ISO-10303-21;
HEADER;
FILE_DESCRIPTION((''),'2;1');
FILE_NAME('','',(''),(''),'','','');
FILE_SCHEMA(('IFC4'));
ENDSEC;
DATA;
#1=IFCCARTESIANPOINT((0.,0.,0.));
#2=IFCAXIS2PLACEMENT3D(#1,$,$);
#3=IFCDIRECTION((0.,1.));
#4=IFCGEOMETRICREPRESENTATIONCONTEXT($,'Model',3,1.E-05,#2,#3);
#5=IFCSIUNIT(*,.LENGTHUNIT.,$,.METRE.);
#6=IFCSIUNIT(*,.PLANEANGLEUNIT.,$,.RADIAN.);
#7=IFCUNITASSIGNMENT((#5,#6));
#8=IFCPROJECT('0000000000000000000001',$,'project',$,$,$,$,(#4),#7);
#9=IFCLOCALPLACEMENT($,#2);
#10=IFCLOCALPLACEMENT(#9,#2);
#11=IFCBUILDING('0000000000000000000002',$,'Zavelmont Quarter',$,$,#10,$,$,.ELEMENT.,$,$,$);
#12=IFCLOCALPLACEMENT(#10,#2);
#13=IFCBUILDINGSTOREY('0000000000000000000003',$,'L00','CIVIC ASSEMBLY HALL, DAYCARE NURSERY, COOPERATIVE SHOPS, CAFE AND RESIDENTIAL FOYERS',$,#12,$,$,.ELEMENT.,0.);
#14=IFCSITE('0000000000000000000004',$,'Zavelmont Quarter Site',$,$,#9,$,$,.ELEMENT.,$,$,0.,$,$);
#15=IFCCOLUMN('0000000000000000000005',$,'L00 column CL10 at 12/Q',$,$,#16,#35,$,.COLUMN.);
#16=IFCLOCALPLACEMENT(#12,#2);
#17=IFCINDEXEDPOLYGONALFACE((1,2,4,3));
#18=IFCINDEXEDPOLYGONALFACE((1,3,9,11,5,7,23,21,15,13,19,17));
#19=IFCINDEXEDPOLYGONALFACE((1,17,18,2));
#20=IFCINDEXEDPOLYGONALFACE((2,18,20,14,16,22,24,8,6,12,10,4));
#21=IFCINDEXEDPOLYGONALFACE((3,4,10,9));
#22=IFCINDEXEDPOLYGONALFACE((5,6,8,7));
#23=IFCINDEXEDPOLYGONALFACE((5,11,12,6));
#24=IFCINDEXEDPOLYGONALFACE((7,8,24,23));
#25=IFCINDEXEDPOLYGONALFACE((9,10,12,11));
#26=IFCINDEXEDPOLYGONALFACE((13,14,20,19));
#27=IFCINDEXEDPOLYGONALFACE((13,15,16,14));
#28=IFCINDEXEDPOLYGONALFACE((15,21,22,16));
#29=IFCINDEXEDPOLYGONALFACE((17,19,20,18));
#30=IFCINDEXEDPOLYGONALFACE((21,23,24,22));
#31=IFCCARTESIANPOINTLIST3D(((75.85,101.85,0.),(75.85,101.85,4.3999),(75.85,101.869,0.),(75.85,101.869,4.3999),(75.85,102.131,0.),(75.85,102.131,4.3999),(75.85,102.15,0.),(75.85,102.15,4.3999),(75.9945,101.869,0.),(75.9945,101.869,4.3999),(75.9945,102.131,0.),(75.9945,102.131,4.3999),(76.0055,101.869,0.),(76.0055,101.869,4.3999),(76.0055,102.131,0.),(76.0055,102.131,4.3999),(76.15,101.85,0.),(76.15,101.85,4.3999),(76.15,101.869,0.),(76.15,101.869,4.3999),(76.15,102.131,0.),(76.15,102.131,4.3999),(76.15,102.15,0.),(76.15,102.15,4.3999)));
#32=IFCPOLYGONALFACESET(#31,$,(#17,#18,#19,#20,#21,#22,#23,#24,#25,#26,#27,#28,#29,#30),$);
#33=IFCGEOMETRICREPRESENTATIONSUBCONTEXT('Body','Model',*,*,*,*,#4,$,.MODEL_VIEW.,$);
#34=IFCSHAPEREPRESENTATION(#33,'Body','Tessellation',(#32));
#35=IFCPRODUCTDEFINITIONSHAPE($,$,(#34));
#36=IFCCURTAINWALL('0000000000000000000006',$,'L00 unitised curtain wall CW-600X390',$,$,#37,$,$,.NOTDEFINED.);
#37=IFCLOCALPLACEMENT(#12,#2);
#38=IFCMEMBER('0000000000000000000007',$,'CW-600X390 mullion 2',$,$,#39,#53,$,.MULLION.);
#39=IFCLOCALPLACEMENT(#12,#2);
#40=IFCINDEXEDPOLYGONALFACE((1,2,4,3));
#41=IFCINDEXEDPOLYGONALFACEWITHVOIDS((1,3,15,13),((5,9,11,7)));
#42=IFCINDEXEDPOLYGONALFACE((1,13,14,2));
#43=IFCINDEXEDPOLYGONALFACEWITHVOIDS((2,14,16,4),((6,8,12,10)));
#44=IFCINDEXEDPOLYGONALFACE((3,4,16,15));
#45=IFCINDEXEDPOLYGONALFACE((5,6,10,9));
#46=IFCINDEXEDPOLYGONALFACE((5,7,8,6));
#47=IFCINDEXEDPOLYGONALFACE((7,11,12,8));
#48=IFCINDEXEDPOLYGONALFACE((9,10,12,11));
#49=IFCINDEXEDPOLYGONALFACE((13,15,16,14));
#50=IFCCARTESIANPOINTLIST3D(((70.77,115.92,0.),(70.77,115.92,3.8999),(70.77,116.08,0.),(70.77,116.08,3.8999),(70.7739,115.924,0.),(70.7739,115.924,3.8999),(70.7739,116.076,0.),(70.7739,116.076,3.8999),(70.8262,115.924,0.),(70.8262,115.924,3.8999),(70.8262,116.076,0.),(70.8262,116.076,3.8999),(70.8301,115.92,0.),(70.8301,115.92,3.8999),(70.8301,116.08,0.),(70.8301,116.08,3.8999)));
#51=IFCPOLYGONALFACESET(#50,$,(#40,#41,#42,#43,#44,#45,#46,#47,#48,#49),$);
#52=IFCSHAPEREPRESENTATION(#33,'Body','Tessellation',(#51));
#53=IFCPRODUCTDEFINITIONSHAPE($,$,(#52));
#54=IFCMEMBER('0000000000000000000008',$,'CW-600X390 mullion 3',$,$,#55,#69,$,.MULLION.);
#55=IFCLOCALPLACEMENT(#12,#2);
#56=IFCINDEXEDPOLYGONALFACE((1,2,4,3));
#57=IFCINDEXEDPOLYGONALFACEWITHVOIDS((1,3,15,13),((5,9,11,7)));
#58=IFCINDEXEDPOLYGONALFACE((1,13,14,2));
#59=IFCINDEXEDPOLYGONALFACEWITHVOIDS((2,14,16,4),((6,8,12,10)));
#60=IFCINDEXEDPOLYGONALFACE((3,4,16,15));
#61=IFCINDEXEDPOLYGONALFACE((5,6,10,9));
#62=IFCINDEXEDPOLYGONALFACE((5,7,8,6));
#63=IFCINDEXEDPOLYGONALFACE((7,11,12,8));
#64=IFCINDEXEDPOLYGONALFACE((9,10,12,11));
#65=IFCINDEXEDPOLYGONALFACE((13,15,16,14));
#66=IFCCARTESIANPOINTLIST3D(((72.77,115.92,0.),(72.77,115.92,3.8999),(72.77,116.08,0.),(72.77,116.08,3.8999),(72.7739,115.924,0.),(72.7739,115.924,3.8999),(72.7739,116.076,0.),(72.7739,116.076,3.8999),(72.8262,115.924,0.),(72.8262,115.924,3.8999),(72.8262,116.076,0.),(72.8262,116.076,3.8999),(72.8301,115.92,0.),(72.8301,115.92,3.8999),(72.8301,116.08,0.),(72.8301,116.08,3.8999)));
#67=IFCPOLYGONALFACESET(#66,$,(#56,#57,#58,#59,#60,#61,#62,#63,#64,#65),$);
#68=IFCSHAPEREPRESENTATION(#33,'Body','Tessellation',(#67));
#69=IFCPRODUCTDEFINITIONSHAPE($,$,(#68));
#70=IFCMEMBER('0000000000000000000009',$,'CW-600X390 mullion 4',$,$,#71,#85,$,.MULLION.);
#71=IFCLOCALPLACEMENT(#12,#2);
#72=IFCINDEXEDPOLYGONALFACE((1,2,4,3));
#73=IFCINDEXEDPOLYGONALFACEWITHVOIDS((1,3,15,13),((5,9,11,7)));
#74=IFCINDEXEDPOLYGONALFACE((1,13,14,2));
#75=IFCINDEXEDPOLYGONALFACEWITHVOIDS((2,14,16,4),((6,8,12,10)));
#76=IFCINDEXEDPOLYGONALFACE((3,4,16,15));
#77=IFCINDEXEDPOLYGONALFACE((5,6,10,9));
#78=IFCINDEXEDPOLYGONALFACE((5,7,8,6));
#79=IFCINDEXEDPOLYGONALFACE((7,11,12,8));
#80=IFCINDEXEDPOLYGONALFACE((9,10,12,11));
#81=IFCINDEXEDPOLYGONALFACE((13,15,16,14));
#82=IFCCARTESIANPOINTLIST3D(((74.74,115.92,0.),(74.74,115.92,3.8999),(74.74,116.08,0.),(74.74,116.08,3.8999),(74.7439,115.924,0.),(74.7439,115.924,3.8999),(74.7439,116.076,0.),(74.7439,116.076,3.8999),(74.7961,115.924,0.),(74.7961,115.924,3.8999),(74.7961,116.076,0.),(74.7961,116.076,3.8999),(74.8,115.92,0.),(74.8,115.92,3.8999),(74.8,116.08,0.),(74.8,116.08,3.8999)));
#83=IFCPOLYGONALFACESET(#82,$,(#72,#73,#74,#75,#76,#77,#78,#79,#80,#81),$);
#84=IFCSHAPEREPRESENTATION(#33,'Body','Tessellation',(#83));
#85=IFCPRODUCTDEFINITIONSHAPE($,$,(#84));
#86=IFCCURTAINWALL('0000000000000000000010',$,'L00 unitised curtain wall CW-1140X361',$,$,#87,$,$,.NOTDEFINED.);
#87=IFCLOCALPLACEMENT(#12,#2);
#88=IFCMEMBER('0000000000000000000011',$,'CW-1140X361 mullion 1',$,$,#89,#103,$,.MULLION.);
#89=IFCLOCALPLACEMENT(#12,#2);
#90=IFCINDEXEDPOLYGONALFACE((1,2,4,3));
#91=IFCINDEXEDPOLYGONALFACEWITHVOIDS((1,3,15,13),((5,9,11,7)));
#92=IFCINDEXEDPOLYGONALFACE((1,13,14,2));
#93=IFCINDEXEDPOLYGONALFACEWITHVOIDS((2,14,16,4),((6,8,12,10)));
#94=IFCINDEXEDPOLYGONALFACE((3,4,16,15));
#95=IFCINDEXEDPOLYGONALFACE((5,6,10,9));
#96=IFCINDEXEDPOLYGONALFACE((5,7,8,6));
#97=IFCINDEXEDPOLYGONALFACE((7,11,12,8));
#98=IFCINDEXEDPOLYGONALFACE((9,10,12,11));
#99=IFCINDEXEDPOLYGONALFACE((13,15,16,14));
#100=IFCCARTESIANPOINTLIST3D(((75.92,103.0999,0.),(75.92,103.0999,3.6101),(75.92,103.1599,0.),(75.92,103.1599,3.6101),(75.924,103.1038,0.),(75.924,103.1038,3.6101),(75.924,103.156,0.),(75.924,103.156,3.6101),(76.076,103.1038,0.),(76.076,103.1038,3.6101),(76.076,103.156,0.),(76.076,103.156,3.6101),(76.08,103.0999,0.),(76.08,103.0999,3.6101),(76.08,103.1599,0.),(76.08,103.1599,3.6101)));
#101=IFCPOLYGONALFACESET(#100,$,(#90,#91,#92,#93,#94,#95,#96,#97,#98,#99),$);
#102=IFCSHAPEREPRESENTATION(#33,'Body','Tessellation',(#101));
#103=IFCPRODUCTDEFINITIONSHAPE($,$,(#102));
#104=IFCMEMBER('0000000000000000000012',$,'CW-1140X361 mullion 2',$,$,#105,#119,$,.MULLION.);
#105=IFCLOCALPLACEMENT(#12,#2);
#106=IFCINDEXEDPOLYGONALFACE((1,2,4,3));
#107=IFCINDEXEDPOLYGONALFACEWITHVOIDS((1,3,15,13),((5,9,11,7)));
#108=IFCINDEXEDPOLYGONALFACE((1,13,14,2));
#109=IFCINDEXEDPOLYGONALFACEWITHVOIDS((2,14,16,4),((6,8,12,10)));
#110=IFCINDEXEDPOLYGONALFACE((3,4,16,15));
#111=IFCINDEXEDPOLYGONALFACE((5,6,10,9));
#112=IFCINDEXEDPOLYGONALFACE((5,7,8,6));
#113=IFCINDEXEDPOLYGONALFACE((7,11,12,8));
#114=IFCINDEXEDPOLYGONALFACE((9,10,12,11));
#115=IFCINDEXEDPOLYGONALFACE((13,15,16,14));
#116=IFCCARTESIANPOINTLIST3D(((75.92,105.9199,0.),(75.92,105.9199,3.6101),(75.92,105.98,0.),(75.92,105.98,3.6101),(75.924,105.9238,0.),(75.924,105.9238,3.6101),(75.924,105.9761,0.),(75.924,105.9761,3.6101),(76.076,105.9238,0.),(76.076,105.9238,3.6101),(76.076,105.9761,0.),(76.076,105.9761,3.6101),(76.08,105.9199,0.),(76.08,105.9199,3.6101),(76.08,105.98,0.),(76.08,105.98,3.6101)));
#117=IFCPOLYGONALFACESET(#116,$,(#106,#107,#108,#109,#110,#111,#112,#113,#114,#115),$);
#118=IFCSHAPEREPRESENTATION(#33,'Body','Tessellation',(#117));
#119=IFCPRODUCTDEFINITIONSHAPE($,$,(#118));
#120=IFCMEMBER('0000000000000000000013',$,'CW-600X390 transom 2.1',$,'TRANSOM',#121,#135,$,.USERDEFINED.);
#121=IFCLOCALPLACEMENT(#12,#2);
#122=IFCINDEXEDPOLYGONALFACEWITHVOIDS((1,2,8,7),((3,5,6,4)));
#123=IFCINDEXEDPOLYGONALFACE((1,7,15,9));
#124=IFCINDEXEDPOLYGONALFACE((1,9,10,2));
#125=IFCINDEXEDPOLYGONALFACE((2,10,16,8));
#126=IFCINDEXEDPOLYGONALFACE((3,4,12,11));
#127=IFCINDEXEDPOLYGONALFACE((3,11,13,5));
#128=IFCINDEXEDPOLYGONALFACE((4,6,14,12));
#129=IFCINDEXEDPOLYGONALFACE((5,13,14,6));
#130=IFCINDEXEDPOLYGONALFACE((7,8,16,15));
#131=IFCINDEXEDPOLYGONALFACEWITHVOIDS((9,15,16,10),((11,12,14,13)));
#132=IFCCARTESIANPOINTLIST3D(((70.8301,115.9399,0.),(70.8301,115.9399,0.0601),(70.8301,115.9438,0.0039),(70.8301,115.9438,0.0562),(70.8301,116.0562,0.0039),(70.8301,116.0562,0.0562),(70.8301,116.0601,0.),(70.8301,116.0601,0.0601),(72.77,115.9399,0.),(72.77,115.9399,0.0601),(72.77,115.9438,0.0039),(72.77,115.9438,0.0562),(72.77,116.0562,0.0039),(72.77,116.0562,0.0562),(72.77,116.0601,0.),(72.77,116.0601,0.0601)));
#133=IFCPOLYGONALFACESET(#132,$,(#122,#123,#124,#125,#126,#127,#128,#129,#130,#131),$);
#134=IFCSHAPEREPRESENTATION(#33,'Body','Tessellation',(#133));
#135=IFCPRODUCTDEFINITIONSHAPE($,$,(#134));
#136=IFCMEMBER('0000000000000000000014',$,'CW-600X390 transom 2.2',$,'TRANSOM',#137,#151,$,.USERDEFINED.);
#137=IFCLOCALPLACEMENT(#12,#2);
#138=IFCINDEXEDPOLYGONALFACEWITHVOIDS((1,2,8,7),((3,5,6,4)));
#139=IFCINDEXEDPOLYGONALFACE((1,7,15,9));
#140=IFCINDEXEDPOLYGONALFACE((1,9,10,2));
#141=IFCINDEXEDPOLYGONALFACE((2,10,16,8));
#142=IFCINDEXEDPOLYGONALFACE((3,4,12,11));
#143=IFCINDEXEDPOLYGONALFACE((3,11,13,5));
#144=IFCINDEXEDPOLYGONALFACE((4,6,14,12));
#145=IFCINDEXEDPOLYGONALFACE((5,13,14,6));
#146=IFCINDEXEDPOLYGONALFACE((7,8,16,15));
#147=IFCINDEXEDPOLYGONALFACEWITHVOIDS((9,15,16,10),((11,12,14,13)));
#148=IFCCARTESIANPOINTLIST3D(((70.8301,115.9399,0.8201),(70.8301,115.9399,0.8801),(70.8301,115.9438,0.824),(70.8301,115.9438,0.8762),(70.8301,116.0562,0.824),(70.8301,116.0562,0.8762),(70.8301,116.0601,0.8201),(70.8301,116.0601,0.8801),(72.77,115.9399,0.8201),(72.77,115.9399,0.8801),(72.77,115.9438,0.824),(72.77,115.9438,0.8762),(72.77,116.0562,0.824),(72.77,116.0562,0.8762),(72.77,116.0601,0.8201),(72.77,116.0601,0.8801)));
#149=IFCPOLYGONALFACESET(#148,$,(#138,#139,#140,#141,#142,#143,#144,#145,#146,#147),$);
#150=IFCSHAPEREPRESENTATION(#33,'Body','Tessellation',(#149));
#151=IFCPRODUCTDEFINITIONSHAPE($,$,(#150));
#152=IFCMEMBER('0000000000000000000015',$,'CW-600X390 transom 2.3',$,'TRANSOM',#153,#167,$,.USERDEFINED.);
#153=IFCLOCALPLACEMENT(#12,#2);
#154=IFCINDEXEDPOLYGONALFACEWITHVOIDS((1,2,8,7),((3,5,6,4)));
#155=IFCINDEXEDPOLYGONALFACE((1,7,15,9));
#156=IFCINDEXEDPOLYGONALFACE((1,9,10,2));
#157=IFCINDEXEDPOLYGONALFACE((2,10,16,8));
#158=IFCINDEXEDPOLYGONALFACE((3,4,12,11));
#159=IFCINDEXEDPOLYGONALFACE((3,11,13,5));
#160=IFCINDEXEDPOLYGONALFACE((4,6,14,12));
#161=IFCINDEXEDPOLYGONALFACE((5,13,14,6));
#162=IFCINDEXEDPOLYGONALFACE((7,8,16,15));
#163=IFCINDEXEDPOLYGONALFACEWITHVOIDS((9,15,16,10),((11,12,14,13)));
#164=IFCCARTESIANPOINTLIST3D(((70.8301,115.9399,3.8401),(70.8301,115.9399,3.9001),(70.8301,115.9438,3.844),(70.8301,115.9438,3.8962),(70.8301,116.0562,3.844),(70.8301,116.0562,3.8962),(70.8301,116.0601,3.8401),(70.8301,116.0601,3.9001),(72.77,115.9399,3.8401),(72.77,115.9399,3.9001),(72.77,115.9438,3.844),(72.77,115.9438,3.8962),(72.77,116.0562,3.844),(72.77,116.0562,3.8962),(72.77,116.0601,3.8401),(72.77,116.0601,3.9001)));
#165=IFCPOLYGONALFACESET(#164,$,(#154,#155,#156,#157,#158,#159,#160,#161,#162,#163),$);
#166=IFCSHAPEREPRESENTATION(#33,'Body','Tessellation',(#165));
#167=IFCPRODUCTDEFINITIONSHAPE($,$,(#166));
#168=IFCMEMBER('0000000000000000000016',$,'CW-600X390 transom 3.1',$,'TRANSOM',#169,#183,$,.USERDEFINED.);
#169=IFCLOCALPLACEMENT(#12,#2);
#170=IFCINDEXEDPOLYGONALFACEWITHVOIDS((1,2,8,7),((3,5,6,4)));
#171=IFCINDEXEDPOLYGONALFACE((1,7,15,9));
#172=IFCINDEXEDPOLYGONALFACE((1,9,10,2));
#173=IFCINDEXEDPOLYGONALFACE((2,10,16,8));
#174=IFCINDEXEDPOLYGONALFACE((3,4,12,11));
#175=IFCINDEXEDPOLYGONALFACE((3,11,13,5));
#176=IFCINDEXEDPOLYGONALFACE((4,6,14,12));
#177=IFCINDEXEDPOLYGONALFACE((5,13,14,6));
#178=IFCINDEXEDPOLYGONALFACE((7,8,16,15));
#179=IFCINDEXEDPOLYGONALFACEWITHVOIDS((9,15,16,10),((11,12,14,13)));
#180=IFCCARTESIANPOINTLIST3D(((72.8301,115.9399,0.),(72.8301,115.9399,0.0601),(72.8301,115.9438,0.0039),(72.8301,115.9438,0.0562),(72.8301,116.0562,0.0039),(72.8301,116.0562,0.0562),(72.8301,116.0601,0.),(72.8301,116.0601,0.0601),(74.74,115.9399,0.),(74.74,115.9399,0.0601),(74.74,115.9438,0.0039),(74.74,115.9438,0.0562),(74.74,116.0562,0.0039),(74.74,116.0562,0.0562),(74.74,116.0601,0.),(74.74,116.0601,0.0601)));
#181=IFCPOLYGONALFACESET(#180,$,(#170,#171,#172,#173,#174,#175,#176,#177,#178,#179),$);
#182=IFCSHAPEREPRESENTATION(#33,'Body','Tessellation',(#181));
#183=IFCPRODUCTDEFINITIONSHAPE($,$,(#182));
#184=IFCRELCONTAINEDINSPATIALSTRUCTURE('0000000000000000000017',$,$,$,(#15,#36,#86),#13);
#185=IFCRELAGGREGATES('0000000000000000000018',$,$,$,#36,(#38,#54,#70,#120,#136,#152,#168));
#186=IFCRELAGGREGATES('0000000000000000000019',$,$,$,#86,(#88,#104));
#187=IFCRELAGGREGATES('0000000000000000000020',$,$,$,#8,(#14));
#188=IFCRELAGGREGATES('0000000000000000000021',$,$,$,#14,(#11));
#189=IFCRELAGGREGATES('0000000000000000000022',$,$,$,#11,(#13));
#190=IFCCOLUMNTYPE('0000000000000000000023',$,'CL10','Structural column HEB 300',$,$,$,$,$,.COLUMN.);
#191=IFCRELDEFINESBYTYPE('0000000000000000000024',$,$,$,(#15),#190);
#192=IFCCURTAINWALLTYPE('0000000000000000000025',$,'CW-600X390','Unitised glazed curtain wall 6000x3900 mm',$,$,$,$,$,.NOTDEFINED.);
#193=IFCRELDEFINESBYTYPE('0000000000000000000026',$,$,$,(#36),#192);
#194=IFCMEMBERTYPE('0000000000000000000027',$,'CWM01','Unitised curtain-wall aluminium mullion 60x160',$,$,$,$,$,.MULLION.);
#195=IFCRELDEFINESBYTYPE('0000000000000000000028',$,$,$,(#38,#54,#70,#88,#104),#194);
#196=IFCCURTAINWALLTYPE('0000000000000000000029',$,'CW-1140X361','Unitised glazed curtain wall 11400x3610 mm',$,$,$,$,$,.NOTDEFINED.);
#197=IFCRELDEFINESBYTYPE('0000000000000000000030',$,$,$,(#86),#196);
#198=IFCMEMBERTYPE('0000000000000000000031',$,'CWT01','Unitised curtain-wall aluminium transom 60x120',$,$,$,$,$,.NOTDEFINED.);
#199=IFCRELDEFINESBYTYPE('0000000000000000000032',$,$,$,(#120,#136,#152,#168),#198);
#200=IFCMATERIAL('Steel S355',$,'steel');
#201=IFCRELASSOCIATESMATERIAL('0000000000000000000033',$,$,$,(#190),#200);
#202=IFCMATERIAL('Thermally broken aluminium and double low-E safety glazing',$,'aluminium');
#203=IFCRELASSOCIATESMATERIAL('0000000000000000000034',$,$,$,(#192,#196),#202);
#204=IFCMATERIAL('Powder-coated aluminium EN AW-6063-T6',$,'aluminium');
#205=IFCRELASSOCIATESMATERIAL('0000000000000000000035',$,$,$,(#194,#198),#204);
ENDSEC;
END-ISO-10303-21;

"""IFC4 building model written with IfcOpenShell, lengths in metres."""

from ifc_helpers import new_model, si_unit, direction, frame, origin, origin_2d, place, context, subcontext, project, spatial, hollow_rectangle, i_section, extrude, material, material_profile, profile_set, type_object, element, aggregate, save


model = new_model("IFC4")

# Units and contexts
model_context = context("Model", 3, precision=1e-05, world=origin(), true_north=direction((0.0, 1.0)))
body_context = subcontext(model_context, "Body", "Model", "MODEL_VIEW")
ifc_project = project(units=[si_unit("LENGTHUNIT", "METRE"), si_unit("PLANEANGLEUNIT", "RADIAN")], contexts=[model_context])

# Site, building, storey
site_placement = place(None, origin())
site = spatial("IfcSite", under=ifc_project, at=site_placement, Name="Zavelmont Quarter Site", CompositionType="ELEMENT", RefElevation=0.0)
building_placement = place(site_placement, origin())
building = spatial("IfcBuilding", under=site, at=building_placement, Name="Zavelmont Quarter", CompositionType="ELEMENT")
storey_placement = place(building_placement, origin())
storey = spatial("IfcBuildingStorey", under=building, at=storey_placement, Name="L00", Description="CIVIC ASSEMBLY HALL, DAYCARE NURSERY, COOPERATIVE SHOPS, CAFE AND RESIDENTIAL FOYERS", CompositionType="ELEMENT", Elevation=0.0)

# Column
ifc_material_1 = material(Name="Steel S355", Category="steel")
ifc_material_profile_1 = material_profile(ifc_material_1, i_section(OverallWidth=0.3, OverallDepth=0.3, WebThickness=0.011, FlangeThickness=0.019, at=origin_2d()), Name="HEB 300")
ifc_profile_set_1 = profile_set([ifc_material_profile_1], Name="Steel S355")
column_type = type_object("IfcColumnType", Name="CL10", Description="Structural column HEB 300", PredefinedType="COLUMN", material=ifc_profile_set_1)
column_placement = place(storey_placement, frame((76.0, 102.0, 0.0), z_axis=(0.0, 0.0, 1.0), x_axis=(1.0, 0.0, 0.0)))
element("IfcColumn", 1, at=column_placement, inside=storey, type_object=column_type, Name="L00 column CL10 at 12/Q", PredefinedType="COLUMN", context=body_context, shape_type="SweptSolid", body=[
    extrude(i_section(OverallWidth=0.3, OverallDepth=0.3, WebThickness=0.011, FlangeThickness=0.019, at=origin_2d()), origin(), (0.0, 0.0, 1.0), 4.3999),
])

# Curtain walls, members
ifc_material_2 = material(Name="Thermally broken aluminium and double low-E safety glazing", Category="aluminium")
curtain_wall_type_1 = type_object("IfcCurtainWallType", Name="CW-600X390", Description="Unitised glazed curtain wall 6000x3900 mm", PredefinedType="NOTDEFINED", material=ifc_material_2)
curtain_wall_1_placement = place(storey_placement, origin())
curtain_wall_1 = element("IfcCurtainWall", 2, at=curtain_wall_1_placement, inside=storey, type_object=curtain_wall_type_1, Name="L00 unitised curtain wall CW-600X390", PredefinedType="NOTDEFINED")
ifc_material_3 = material(Name="Powder-coated aluminium EN AW-6063-T6", Category="aluminium")
ifc_material_profile_2 = material_profile(ifc_material_3, hollow_rectangle(XDim=0.0601, YDim=0.1599, WallThickness=0.0039, at=origin_2d()), Name="CWM60X160")
ifc_profile_set_2 = profile_set([ifc_material_profile_2], Name="Powder-coated aluminium EN AW-6063-T6")
member_type_1 = type_object("IfcMemberType", Name="CWM01", Description="Unitised curtain-wall aluminium mullion 60x160", PredefinedType="MULLION", material=ifc_profile_set_2)
member_1_placement = place(storey_placement, frame((70.8, 116.0, 0.0), z_axis=(0.0, 0.0, 1.0), x_axis=(1.0, 0.0, 0.0)))
member_1 = element("IfcMember", 3, at=member_1_placement, type_object=member_type_1, Name="CW-600X390 mullion 2", PredefinedType="MULLION", context=body_context, shape_type="SweptSolid", body=[
    extrude(hollow_rectangle(XDim=0.0601, YDim=0.1599, WallThickness=0.0039, at=origin_2d()), origin(), (0.0, 0.0, 1.0), 3.8999),
])
member_2_placement = place(storey_placement, frame((72.8, 116.0, 0.0), z_axis=(0.0, 0.0, 1.0), x_axis=(1.0, 0.0, 0.0)))
member_2 = element("IfcMember", 4, at=member_2_placement, type_object=member_type_1, Name="CW-600X390 mullion 3", PredefinedType="MULLION", context=body_context, shape_type="SweptSolid", body=[
    extrude(hollow_rectangle(XDim=0.0601, YDim=0.1599, WallThickness=0.0039, at=origin_2d()), origin(), (0.0, 0.0, 1.0), 3.8999),
])
member_3_placement = place(storey_placement, frame((74.77, 116.0, 0.0), z_axis=(0.0, 0.0, 1.0), x_axis=(1.0, 0.0, 0.0)))
member_3 = element("IfcMember", 5, at=member_3_placement, type_object=member_type_1, Name="CW-600X390 mullion 4", PredefinedType="MULLION", context=body_context, shape_type="SweptSolid", body=[
    extrude(hollow_rectangle(XDim=0.0601, YDim=0.1599, WallThickness=0.0039, at=origin_2d()), origin(), (0.0, 0.0, 1.0), 3.8999),
])
curtain_wall_type_2 = type_object("IfcCurtainWallType", Name="CW-1140X361", Description="Unitised glazed curtain wall 11400x3610 mm", PredefinedType="NOTDEFINED", material=ifc_material_2)
curtain_wall_2_placement = place(storey_placement, origin())
curtain_wall_2 = element("IfcCurtainWall", 6, at=curtain_wall_2_placement, inside=storey, type_object=curtain_wall_type_2, Name="L00 unitised curtain wall CW-1140X361", PredefinedType="NOTDEFINED")
member_4_placement = place(storey_placement, frame((76.0, 103.1299, 0.0), z_axis=(0.0, 0.0, 1.0), x_axis=(0.0, 1.0, 0.0)))
member_4 = element("IfcMember", 7, at=member_4_placement, type_object=member_type_1, Name="CW-1140X361 mullion 1", PredefinedType="MULLION", context=body_context, shape_type="SweptSolid", body=[
    extrude(hollow_rectangle(XDim=0.0601, YDim=0.1599, WallThickness=0.0039, at=origin_2d()), origin(), (0.0, 0.0, 1.0), 3.6101),
])
member_5_placement = place(storey_placement, frame((76.0, 105.95, 0.0), z_axis=(0.0, 0.0, 1.0), x_axis=(0.0, 1.0, 0.0)))
member_5 = element("IfcMember", 8, at=member_5_placement, type_object=member_type_1, Name="CW-1140X361 mullion 2", PredefinedType="MULLION", context=body_context, shape_type="SweptSolid", body=[
    extrude(hollow_rectangle(XDim=0.0601, YDim=0.1599, WallThickness=0.0039, at=origin_2d()), origin(), (0.0, 0.0, 1.0), 3.6101),
])

# Members
ifc_material_profile_3 = material_profile(ifc_material_3, hollow_rectangle(XDim=0.1201, YDim=0.0601, WallThickness=0.0039, at=origin_2d()), Name="CWT60X120")
ifc_profile_set_3 = profile_set([ifc_material_profile_3], Name="Powder-coated aluminium EN AW-6063-T6")
member_type_2 = type_object("IfcMemberType", Name="CWT01", Description="Unitised curtain-wall aluminium transom 60x120", PredefinedType="NOTDEFINED", material=ifc_profile_set_3)
member_6_placement = place(storey_placement, frame((70.8301, 116.0, 0.03), z_axis=(1.0, 0.0, 0.0), x_axis=(0.0, 1.0, 0.0)))
member_6 = element("IfcMember", 9, at=member_6_placement, type_object=member_type_2, Name="CW-600X390 transom 2.1", ObjectType="TRANSOM", PredefinedType="USERDEFINED", context=body_context, shape_type="SweptSolid", body=[
    extrude(hollow_rectangle(XDim=0.1201, YDim=0.0601, WallThickness=0.0039, at=origin_2d()), origin(), (0.0, 0.0, 1.0), 1.9399),
])
member_7_placement = place(storey_placement, frame((70.8301, 116.0, 0.8501), z_axis=(1.0, 0.0, 0.0), x_axis=(0.0, 1.0, 0.0)))
member_7 = element("IfcMember", 10, at=member_7_placement, type_object=member_type_2, Name="CW-600X390 transom 2.2", ObjectType="TRANSOM", PredefinedType="USERDEFINED", context=body_context, shape_type="SweptSolid", body=[
    extrude(hollow_rectangle(XDim=0.1201, YDim=0.0601, WallThickness=0.0039, at=origin_2d()), origin(), (0.0, 0.0, 1.0), 1.9399),
])
member_8_placement = place(storey_placement, frame((70.8301, 116.0, 3.8701), z_axis=(1.0, 0.0, 0.0), x_axis=(0.0, 1.0, 0.0)))
member_8 = element("IfcMember", 11, at=member_8_placement, type_object=member_type_2, Name="CW-600X390 transom 2.3", ObjectType="TRANSOM", PredefinedType="USERDEFINED", context=body_context, shape_type="SweptSolid", body=[
    extrude(hollow_rectangle(XDim=0.1201, YDim=0.0601, WallThickness=0.0039, at=origin_2d()), origin(), (0.0, 0.0, 1.0), 1.9399),
])
member_9_placement = place(storey_placement, frame((72.8301, 116.0, 0.03), z_axis=(1.0, 0.0, 0.0), x_axis=(0.0, 1.0, 0.0)))
member_9 = element("IfcMember", 12, at=member_9_placement, type_object=member_type_2, Name="CW-600X390 transom 3.1", ObjectType="TRANSOM", PredefinedType="USERDEFINED", context=body_context, shape_type="SweptSolid", body=[
    extrude(hollow_rectangle(XDim=0.1201, YDim=0.0601, WallThickness=0.0039, at=origin_2d()), origin(), (0.0, 0.0, 1.0), 1.9099),
])

aggregate(curtain_wall_1, [member_1, member_2, member_3, member_6, member_7, member_8, member_9])
aggregate(curtain_wall_2, [member_4, member_5])

save(model, "model.ifc")
